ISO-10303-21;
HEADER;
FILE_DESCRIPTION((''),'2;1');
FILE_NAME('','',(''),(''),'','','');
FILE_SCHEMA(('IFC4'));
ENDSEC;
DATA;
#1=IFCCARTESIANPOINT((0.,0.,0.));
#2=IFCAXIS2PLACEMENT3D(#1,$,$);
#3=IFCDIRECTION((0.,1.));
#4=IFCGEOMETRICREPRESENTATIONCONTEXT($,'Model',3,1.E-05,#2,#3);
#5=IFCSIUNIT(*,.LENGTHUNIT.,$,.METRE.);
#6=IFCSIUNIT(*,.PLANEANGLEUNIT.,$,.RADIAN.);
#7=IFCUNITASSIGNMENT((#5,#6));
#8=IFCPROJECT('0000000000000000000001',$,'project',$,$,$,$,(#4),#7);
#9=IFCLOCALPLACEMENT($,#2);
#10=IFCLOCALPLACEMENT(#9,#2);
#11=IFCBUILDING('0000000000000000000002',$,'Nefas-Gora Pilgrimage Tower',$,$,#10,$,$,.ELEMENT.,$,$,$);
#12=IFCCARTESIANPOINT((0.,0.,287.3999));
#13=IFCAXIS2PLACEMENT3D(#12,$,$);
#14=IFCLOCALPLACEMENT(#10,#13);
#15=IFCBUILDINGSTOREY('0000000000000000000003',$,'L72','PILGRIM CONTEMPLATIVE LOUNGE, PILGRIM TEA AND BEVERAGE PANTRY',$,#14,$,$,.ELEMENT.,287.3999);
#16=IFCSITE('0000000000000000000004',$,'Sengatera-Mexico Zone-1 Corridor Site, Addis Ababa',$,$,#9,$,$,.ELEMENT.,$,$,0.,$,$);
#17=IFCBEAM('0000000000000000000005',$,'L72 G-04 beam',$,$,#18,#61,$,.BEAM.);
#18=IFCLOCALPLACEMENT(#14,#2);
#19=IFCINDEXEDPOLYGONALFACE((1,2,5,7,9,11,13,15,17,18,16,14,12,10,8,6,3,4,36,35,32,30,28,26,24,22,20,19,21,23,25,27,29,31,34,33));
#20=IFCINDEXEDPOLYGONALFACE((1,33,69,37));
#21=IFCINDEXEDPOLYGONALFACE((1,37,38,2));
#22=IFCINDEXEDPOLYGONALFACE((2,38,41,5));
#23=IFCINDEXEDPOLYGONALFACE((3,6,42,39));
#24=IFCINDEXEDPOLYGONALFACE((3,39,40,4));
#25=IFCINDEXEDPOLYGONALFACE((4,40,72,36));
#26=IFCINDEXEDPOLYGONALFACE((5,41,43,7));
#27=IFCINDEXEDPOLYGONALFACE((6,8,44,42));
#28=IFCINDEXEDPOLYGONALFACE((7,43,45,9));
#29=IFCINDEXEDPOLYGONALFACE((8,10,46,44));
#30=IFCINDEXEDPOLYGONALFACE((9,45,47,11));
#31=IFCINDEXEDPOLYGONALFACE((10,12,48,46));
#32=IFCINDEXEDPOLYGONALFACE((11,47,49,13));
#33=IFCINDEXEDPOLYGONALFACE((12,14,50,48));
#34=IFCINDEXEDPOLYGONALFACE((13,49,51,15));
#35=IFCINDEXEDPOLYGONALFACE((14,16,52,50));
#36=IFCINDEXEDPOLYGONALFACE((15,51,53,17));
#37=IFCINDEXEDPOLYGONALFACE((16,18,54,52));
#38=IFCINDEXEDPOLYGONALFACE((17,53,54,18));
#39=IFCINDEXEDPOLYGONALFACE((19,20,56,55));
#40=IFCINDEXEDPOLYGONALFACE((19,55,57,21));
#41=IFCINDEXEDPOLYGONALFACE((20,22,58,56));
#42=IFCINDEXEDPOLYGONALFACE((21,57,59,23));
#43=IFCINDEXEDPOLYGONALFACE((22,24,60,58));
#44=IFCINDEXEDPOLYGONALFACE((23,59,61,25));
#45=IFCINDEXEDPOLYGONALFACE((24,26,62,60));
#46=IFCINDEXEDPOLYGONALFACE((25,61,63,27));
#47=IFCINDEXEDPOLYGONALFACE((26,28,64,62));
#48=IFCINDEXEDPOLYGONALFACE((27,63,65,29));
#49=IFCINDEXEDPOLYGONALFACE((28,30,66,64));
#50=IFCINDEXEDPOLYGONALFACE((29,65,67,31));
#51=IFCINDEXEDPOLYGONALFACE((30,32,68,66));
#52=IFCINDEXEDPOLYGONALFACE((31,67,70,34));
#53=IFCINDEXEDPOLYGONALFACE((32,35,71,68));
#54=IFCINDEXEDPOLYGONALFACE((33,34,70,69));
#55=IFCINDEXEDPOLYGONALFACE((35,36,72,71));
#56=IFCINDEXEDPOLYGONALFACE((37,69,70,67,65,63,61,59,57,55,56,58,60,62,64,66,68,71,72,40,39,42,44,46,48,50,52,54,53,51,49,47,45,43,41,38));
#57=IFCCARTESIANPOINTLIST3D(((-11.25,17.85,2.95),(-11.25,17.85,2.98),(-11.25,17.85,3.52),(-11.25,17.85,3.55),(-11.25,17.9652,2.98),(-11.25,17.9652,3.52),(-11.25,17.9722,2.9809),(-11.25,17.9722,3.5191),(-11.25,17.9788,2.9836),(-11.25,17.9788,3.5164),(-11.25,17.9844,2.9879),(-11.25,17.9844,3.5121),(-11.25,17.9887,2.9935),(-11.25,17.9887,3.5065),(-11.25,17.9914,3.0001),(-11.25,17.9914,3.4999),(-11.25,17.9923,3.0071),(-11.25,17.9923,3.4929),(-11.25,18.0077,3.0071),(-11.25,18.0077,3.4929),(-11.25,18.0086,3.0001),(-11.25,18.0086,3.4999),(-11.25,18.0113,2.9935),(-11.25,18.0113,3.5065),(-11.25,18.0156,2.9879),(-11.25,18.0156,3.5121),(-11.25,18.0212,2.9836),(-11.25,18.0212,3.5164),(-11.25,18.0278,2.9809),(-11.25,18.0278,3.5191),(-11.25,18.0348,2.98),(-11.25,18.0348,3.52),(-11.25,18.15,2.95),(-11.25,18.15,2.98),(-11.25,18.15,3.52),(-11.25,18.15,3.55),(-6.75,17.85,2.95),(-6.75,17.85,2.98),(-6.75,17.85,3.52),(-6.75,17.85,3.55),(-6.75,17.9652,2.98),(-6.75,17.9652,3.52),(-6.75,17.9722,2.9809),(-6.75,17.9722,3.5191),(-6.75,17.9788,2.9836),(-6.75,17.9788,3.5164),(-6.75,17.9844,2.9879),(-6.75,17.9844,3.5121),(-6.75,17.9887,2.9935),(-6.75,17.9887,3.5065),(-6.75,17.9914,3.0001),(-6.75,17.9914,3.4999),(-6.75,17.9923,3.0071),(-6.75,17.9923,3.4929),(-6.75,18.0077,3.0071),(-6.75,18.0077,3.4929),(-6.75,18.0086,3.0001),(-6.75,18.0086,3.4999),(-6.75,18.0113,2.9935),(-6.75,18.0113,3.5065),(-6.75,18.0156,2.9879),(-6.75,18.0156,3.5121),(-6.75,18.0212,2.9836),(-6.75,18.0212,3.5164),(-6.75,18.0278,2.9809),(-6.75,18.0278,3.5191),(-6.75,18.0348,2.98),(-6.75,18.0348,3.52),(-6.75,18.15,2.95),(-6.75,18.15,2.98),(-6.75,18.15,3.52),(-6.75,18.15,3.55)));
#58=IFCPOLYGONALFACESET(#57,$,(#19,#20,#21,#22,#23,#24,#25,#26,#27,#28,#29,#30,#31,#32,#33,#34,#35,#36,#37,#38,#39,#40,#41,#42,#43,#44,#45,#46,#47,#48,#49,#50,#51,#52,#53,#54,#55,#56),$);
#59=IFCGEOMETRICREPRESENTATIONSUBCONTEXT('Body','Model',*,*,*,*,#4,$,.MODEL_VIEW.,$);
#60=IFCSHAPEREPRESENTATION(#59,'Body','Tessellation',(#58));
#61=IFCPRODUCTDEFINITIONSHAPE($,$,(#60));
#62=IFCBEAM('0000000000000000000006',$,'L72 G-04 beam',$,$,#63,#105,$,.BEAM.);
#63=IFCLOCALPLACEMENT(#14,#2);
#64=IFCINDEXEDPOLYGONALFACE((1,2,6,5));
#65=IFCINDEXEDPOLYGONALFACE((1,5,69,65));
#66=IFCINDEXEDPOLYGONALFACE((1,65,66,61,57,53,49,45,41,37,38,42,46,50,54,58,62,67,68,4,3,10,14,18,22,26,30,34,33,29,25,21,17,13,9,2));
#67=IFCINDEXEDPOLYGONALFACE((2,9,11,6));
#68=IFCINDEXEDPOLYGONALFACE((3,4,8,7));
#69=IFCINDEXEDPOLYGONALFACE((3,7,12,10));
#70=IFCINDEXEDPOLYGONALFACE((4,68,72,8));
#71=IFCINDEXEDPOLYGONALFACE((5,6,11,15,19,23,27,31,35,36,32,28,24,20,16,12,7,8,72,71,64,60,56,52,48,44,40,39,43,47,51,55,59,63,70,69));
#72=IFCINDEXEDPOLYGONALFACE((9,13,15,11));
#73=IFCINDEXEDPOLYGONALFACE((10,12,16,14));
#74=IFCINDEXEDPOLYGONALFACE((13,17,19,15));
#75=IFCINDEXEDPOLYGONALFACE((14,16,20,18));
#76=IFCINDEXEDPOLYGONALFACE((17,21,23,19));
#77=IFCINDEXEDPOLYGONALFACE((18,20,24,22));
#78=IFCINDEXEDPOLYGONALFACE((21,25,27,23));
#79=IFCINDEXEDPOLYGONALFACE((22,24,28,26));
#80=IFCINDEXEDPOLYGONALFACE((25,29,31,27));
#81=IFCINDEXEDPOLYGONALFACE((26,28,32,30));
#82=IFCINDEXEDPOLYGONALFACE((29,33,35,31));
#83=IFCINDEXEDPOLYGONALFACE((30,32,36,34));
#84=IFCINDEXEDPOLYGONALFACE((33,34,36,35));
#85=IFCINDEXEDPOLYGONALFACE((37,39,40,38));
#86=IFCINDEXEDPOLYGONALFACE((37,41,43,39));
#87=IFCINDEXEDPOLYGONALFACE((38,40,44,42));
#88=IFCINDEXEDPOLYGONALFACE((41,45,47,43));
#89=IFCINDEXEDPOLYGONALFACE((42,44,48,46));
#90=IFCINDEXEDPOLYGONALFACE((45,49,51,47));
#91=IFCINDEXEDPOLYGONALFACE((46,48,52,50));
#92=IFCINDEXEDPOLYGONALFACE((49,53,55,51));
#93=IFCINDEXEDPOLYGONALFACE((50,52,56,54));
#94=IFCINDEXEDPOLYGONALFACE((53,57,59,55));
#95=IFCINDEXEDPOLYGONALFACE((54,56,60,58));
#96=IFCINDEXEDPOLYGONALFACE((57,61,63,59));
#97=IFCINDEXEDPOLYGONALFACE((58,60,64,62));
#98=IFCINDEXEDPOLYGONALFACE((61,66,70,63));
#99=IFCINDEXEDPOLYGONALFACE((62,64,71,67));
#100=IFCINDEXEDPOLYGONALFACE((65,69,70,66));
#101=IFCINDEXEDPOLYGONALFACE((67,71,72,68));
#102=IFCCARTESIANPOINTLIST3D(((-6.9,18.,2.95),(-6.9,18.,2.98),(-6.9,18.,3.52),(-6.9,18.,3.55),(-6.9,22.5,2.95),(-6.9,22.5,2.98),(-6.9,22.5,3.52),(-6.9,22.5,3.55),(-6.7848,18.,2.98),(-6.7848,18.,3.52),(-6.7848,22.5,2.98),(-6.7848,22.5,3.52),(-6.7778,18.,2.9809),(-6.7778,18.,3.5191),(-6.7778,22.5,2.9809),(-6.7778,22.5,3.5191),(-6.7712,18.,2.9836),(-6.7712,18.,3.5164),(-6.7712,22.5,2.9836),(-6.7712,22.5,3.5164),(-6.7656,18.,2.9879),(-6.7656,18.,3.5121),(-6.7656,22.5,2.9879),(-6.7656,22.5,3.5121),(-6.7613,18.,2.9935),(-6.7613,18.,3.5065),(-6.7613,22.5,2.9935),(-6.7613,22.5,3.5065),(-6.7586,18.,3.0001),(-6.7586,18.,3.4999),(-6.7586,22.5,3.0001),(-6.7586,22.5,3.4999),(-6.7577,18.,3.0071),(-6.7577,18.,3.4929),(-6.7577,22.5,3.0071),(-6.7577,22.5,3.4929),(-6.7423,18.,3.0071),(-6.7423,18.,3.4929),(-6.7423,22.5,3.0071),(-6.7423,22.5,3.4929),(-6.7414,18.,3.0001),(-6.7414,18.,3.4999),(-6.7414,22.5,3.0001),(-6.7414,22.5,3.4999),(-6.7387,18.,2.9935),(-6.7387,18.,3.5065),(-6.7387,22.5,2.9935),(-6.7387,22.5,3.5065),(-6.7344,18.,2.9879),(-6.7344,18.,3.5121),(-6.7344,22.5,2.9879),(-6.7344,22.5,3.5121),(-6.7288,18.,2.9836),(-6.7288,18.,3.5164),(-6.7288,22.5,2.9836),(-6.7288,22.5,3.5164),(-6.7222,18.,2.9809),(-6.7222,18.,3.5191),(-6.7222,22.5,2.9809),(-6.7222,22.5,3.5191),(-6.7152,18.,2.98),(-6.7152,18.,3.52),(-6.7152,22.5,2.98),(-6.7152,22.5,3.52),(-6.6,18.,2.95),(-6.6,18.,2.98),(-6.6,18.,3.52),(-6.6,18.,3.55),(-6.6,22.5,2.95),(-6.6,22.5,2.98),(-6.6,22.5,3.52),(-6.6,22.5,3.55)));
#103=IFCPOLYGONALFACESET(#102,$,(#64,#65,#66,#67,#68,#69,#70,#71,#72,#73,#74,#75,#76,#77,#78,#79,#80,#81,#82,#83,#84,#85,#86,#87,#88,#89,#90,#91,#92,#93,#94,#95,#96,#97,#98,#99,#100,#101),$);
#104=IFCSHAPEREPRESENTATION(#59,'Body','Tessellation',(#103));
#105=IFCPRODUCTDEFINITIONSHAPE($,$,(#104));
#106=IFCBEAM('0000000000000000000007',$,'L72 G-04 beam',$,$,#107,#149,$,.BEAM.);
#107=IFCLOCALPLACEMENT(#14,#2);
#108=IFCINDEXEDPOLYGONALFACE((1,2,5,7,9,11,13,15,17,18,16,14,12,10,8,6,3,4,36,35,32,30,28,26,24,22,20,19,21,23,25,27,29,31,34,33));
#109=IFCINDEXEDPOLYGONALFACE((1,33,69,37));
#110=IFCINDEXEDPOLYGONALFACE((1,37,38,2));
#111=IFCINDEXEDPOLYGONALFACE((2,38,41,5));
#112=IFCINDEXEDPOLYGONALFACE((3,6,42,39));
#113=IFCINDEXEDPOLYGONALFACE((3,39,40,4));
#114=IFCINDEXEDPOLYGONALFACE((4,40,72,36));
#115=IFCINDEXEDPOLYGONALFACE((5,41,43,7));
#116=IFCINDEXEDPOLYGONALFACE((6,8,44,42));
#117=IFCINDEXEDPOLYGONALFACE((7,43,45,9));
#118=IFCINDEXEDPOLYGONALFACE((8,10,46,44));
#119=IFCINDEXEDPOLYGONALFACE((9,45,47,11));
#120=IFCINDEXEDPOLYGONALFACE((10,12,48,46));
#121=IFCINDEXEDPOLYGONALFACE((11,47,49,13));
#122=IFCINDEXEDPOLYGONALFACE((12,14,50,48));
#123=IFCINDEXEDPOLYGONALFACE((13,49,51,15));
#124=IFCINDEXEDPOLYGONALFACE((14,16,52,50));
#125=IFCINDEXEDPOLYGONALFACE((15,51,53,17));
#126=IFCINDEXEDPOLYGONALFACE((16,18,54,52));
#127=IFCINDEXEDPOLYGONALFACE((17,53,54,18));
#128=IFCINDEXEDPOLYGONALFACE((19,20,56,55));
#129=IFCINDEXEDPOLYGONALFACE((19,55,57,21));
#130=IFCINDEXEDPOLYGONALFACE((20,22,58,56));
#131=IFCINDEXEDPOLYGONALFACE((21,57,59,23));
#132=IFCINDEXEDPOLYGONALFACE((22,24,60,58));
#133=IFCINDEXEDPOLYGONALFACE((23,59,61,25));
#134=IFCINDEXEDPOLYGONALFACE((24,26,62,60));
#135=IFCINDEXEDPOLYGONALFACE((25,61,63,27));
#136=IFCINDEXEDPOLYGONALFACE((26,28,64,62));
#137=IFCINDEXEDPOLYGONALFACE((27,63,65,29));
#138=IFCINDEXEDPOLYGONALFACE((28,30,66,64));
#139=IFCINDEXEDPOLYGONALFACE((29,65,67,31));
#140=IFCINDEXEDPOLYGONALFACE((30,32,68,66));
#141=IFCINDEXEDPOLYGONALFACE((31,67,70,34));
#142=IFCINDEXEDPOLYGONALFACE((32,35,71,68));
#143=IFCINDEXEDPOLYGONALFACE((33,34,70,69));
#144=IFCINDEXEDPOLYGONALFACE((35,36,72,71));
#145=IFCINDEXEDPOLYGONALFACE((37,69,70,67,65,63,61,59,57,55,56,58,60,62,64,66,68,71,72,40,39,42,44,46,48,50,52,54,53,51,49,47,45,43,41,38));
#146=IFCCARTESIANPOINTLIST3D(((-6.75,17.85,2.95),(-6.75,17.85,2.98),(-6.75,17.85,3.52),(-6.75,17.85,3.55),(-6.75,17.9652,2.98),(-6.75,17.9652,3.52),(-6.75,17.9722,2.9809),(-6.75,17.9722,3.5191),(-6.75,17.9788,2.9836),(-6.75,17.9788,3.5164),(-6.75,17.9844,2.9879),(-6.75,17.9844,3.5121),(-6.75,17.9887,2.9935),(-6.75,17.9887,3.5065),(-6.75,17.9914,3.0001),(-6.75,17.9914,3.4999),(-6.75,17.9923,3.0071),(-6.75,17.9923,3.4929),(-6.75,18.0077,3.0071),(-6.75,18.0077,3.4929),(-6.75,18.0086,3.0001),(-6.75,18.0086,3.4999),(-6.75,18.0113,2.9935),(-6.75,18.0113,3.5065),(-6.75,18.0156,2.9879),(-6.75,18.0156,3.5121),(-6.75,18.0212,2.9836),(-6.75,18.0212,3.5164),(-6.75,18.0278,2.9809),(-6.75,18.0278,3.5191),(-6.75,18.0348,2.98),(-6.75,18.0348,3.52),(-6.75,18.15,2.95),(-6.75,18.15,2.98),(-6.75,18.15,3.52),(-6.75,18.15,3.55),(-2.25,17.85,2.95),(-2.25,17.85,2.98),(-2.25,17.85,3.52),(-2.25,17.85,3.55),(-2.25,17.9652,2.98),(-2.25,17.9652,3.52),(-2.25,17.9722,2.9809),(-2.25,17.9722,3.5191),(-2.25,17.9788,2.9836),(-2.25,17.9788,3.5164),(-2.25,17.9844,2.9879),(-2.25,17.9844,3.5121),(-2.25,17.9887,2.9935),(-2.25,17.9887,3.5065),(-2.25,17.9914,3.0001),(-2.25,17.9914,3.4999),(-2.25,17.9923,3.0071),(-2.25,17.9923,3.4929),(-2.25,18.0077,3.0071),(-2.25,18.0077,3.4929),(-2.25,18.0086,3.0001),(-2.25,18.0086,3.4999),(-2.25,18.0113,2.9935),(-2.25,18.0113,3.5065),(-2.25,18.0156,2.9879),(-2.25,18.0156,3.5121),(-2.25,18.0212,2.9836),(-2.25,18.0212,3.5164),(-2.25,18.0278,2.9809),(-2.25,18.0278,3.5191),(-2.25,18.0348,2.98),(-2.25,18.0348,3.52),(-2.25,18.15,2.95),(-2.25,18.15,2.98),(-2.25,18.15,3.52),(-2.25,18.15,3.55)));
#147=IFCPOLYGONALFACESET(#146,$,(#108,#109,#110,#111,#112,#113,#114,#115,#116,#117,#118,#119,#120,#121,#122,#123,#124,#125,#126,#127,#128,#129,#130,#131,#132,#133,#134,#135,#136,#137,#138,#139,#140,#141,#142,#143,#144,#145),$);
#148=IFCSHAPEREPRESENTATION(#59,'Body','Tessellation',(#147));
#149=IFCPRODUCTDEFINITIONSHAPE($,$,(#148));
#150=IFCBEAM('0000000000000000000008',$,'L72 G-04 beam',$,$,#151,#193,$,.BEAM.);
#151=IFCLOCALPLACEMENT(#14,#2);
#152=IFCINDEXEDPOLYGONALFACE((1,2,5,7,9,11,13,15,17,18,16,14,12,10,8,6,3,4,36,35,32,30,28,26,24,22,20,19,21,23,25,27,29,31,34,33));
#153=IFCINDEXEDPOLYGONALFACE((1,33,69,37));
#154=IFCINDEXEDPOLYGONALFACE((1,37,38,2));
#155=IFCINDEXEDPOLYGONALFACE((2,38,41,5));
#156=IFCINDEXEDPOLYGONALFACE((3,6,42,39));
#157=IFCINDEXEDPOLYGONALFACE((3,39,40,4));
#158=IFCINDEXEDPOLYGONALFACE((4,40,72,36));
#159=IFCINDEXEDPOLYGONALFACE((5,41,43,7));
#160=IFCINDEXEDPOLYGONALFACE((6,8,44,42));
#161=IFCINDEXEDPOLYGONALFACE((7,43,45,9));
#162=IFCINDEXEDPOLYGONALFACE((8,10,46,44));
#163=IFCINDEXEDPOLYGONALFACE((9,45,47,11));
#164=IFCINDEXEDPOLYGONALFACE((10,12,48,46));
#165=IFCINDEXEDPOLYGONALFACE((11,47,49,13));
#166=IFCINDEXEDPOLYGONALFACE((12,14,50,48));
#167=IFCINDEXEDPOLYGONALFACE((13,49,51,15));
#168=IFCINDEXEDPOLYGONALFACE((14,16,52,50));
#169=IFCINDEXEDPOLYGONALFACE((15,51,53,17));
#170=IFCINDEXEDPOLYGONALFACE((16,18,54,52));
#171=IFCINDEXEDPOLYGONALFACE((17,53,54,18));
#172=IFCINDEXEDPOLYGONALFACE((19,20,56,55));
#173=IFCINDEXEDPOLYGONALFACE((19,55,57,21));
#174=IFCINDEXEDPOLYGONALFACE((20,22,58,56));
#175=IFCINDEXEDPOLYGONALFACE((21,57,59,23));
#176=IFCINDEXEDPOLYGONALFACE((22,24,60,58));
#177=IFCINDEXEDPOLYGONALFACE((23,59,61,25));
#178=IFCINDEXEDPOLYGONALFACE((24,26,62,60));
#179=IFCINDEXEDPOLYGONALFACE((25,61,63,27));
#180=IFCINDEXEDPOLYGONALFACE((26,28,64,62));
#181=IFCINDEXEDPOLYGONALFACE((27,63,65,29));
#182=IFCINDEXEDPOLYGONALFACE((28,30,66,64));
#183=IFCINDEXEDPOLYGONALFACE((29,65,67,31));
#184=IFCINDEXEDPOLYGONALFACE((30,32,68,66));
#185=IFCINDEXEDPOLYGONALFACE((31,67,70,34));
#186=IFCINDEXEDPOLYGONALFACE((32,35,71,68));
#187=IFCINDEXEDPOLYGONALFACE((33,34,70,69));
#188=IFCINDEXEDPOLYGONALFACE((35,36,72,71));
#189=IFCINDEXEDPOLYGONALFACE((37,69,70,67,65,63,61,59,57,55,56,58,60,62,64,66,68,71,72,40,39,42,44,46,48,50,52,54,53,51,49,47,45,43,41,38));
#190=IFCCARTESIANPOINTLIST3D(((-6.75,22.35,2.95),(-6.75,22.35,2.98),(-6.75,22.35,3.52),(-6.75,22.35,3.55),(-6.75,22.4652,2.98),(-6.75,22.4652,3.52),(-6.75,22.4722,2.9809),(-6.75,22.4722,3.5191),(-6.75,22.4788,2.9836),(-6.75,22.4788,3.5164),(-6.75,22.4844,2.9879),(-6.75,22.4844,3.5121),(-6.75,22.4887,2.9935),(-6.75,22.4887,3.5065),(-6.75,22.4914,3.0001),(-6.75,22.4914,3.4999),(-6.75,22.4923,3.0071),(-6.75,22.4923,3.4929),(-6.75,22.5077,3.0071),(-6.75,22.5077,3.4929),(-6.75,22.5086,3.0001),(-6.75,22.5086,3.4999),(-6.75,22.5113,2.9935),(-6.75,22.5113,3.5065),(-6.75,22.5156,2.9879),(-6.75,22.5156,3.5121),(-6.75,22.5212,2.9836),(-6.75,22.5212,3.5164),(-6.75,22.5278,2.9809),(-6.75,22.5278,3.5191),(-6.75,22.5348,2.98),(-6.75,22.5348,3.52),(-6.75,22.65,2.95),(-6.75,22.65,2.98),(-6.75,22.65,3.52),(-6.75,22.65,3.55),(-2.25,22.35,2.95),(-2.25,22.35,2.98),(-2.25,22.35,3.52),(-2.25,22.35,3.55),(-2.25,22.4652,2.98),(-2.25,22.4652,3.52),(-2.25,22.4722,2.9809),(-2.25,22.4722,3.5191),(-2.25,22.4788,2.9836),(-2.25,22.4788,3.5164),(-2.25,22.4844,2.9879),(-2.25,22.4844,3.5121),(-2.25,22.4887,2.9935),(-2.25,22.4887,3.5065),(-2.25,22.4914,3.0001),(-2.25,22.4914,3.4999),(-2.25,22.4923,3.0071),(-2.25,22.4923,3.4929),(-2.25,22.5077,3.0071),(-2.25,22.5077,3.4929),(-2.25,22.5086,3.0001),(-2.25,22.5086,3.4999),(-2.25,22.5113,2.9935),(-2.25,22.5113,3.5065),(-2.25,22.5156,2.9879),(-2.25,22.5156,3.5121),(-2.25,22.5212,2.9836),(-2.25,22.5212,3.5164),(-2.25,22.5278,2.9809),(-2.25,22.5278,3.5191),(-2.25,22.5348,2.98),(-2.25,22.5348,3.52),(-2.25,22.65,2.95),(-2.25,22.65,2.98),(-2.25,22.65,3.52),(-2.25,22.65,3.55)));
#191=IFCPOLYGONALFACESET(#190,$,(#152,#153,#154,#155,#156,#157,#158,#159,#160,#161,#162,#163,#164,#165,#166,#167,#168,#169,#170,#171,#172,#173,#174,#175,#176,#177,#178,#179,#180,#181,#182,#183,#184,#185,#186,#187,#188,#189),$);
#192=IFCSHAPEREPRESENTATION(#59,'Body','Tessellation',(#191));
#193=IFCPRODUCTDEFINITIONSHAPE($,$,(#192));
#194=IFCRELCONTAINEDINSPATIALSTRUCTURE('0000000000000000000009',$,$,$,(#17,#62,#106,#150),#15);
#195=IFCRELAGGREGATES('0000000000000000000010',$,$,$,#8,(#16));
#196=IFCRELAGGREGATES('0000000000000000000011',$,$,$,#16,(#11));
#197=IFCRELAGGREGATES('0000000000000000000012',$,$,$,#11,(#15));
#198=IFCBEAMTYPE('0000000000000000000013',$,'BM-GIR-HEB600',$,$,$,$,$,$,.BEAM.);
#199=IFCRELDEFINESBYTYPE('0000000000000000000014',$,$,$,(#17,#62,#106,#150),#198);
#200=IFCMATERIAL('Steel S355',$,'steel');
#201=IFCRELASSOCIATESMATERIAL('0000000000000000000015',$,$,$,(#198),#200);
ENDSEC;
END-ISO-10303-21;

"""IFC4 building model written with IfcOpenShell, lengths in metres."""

from ifc_helpers import new_model, si_unit, direction, frame, origin, origin_2d, place, context, subcontext, project, spatial, i_section, extrude, source, transform, mapped, material, material_profile, profile_set, type_object, element, save


model = new_model("IFC4")

# Units and contexts
model_context = context("Model", 3, precision=1e-05, world=origin(), true_north=direction((0.0, 1.0)))
body_context = subcontext(model_context, "Body", "Model", "MODEL_VIEW")
ifc_project = project(units=[si_unit("LENGTHUNIT", "METRE"), si_unit("PLANEANGLEUNIT", "RADIAN")], contexts=[model_context])

# Site, building, storey
site_placement = place(None, origin())
site = spatial("IfcSite", under=ifc_project, at=site_placement, Name="Sengatera-Mexico Zone-1 Corridor Site, Addis Ababa", CompositionType="ELEMENT", RefElevation=0.0)
building_placement = place(site_placement, origin())
building = spatial("IfcBuilding", under=site, at=building_placement, Name="Nefas-Gora Pilgrimage Tower", CompositionType="ELEMENT")
storey_placement = place(building_placement, frame((0.0, 0.0, 287.3999)))
storey = spatial("IfcBuildingStorey", under=building, at=storey_placement, Name="L72", Description="PILGRIM CONTEMPLATIVE LOUNGE, PILGRIM TEA AND BEVERAGE PANTRY", CompositionType="ELEMENT", Elevation=287.3999)

# Shared definitions
ifc_material_1 = material(Name="Steel S355", Category="steel")

# Beams
ifc_material_profile_1 = material_profile(ifc_material_1, i_section(OverallWidth=0.3, OverallDepth=0.6001, WebThickness=0.0154, FlangeThickness=0.03, FilletRadius=0.0271, at=origin_2d()), Name="HEB 600")
ifc_profile_set_1 = profile_set([ifc_material_profile_1], Name="Steel S355")
beam_type = type_object("IfcBeamType", Name="BM-GIR-HEB600", PredefinedType="BEAM", material=ifc_profile_set_1)
shared_shape_1 = source(origin(), body_context, "Body", "SweptSolid", [
    extrude(i_section(OverallWidth=0.3, OverallDepth=0.6001, WebThickness=0.0154, FlangeThickness=0.03, FilletRadius=0.0271, at=origin_2d()), origin(), (0.0, 0.0, 1.0), 4.5),
])
for number, where, z_axis, x_axis, name in (
    (1, (-11.25, 18.0, 3.25), (1.0, 0.0, 0.0), (0.0, 1.0, 0.0), "L72 G-04 beam"),
    (2, (-6.75, 18.0, 3.25), (0.0, 1.0, 0.0), (-1.0, 0.0, 0.0), "L72 G-04 beam"),
    (3, (-6.75, 18.0, 3.25), (1.0, 0.0, 0.0), (0.0, 1.0, 0.0), "L72 G-04 beam"),
    (4, (-6.75, 22.5, 3.25), (1.0, 0.0, 0.0), (0.0, 1.0, 0.0), "L72 G-04 beam"),
):
    element("IfcBeam", number, at=place(storey_placement, frame(where, z_axis=z_axis, x_axis=x_axis)), inside=storey, type_object=beam_type, Name=name, PredefinedType="BEAM", context=body_context, shape_type="MappedRepresentation", body=[
        mapped(shared_shape_1, transform((0.0, 0.0, 0.0), x_axis=(1.0, 0.0, 0.0), y_axis=(0.0, 1.0, 0.0), z_axis=(0.0, 0.0, 1.0), scale=1.0)),
    ])

save(model, "model.ifc")
